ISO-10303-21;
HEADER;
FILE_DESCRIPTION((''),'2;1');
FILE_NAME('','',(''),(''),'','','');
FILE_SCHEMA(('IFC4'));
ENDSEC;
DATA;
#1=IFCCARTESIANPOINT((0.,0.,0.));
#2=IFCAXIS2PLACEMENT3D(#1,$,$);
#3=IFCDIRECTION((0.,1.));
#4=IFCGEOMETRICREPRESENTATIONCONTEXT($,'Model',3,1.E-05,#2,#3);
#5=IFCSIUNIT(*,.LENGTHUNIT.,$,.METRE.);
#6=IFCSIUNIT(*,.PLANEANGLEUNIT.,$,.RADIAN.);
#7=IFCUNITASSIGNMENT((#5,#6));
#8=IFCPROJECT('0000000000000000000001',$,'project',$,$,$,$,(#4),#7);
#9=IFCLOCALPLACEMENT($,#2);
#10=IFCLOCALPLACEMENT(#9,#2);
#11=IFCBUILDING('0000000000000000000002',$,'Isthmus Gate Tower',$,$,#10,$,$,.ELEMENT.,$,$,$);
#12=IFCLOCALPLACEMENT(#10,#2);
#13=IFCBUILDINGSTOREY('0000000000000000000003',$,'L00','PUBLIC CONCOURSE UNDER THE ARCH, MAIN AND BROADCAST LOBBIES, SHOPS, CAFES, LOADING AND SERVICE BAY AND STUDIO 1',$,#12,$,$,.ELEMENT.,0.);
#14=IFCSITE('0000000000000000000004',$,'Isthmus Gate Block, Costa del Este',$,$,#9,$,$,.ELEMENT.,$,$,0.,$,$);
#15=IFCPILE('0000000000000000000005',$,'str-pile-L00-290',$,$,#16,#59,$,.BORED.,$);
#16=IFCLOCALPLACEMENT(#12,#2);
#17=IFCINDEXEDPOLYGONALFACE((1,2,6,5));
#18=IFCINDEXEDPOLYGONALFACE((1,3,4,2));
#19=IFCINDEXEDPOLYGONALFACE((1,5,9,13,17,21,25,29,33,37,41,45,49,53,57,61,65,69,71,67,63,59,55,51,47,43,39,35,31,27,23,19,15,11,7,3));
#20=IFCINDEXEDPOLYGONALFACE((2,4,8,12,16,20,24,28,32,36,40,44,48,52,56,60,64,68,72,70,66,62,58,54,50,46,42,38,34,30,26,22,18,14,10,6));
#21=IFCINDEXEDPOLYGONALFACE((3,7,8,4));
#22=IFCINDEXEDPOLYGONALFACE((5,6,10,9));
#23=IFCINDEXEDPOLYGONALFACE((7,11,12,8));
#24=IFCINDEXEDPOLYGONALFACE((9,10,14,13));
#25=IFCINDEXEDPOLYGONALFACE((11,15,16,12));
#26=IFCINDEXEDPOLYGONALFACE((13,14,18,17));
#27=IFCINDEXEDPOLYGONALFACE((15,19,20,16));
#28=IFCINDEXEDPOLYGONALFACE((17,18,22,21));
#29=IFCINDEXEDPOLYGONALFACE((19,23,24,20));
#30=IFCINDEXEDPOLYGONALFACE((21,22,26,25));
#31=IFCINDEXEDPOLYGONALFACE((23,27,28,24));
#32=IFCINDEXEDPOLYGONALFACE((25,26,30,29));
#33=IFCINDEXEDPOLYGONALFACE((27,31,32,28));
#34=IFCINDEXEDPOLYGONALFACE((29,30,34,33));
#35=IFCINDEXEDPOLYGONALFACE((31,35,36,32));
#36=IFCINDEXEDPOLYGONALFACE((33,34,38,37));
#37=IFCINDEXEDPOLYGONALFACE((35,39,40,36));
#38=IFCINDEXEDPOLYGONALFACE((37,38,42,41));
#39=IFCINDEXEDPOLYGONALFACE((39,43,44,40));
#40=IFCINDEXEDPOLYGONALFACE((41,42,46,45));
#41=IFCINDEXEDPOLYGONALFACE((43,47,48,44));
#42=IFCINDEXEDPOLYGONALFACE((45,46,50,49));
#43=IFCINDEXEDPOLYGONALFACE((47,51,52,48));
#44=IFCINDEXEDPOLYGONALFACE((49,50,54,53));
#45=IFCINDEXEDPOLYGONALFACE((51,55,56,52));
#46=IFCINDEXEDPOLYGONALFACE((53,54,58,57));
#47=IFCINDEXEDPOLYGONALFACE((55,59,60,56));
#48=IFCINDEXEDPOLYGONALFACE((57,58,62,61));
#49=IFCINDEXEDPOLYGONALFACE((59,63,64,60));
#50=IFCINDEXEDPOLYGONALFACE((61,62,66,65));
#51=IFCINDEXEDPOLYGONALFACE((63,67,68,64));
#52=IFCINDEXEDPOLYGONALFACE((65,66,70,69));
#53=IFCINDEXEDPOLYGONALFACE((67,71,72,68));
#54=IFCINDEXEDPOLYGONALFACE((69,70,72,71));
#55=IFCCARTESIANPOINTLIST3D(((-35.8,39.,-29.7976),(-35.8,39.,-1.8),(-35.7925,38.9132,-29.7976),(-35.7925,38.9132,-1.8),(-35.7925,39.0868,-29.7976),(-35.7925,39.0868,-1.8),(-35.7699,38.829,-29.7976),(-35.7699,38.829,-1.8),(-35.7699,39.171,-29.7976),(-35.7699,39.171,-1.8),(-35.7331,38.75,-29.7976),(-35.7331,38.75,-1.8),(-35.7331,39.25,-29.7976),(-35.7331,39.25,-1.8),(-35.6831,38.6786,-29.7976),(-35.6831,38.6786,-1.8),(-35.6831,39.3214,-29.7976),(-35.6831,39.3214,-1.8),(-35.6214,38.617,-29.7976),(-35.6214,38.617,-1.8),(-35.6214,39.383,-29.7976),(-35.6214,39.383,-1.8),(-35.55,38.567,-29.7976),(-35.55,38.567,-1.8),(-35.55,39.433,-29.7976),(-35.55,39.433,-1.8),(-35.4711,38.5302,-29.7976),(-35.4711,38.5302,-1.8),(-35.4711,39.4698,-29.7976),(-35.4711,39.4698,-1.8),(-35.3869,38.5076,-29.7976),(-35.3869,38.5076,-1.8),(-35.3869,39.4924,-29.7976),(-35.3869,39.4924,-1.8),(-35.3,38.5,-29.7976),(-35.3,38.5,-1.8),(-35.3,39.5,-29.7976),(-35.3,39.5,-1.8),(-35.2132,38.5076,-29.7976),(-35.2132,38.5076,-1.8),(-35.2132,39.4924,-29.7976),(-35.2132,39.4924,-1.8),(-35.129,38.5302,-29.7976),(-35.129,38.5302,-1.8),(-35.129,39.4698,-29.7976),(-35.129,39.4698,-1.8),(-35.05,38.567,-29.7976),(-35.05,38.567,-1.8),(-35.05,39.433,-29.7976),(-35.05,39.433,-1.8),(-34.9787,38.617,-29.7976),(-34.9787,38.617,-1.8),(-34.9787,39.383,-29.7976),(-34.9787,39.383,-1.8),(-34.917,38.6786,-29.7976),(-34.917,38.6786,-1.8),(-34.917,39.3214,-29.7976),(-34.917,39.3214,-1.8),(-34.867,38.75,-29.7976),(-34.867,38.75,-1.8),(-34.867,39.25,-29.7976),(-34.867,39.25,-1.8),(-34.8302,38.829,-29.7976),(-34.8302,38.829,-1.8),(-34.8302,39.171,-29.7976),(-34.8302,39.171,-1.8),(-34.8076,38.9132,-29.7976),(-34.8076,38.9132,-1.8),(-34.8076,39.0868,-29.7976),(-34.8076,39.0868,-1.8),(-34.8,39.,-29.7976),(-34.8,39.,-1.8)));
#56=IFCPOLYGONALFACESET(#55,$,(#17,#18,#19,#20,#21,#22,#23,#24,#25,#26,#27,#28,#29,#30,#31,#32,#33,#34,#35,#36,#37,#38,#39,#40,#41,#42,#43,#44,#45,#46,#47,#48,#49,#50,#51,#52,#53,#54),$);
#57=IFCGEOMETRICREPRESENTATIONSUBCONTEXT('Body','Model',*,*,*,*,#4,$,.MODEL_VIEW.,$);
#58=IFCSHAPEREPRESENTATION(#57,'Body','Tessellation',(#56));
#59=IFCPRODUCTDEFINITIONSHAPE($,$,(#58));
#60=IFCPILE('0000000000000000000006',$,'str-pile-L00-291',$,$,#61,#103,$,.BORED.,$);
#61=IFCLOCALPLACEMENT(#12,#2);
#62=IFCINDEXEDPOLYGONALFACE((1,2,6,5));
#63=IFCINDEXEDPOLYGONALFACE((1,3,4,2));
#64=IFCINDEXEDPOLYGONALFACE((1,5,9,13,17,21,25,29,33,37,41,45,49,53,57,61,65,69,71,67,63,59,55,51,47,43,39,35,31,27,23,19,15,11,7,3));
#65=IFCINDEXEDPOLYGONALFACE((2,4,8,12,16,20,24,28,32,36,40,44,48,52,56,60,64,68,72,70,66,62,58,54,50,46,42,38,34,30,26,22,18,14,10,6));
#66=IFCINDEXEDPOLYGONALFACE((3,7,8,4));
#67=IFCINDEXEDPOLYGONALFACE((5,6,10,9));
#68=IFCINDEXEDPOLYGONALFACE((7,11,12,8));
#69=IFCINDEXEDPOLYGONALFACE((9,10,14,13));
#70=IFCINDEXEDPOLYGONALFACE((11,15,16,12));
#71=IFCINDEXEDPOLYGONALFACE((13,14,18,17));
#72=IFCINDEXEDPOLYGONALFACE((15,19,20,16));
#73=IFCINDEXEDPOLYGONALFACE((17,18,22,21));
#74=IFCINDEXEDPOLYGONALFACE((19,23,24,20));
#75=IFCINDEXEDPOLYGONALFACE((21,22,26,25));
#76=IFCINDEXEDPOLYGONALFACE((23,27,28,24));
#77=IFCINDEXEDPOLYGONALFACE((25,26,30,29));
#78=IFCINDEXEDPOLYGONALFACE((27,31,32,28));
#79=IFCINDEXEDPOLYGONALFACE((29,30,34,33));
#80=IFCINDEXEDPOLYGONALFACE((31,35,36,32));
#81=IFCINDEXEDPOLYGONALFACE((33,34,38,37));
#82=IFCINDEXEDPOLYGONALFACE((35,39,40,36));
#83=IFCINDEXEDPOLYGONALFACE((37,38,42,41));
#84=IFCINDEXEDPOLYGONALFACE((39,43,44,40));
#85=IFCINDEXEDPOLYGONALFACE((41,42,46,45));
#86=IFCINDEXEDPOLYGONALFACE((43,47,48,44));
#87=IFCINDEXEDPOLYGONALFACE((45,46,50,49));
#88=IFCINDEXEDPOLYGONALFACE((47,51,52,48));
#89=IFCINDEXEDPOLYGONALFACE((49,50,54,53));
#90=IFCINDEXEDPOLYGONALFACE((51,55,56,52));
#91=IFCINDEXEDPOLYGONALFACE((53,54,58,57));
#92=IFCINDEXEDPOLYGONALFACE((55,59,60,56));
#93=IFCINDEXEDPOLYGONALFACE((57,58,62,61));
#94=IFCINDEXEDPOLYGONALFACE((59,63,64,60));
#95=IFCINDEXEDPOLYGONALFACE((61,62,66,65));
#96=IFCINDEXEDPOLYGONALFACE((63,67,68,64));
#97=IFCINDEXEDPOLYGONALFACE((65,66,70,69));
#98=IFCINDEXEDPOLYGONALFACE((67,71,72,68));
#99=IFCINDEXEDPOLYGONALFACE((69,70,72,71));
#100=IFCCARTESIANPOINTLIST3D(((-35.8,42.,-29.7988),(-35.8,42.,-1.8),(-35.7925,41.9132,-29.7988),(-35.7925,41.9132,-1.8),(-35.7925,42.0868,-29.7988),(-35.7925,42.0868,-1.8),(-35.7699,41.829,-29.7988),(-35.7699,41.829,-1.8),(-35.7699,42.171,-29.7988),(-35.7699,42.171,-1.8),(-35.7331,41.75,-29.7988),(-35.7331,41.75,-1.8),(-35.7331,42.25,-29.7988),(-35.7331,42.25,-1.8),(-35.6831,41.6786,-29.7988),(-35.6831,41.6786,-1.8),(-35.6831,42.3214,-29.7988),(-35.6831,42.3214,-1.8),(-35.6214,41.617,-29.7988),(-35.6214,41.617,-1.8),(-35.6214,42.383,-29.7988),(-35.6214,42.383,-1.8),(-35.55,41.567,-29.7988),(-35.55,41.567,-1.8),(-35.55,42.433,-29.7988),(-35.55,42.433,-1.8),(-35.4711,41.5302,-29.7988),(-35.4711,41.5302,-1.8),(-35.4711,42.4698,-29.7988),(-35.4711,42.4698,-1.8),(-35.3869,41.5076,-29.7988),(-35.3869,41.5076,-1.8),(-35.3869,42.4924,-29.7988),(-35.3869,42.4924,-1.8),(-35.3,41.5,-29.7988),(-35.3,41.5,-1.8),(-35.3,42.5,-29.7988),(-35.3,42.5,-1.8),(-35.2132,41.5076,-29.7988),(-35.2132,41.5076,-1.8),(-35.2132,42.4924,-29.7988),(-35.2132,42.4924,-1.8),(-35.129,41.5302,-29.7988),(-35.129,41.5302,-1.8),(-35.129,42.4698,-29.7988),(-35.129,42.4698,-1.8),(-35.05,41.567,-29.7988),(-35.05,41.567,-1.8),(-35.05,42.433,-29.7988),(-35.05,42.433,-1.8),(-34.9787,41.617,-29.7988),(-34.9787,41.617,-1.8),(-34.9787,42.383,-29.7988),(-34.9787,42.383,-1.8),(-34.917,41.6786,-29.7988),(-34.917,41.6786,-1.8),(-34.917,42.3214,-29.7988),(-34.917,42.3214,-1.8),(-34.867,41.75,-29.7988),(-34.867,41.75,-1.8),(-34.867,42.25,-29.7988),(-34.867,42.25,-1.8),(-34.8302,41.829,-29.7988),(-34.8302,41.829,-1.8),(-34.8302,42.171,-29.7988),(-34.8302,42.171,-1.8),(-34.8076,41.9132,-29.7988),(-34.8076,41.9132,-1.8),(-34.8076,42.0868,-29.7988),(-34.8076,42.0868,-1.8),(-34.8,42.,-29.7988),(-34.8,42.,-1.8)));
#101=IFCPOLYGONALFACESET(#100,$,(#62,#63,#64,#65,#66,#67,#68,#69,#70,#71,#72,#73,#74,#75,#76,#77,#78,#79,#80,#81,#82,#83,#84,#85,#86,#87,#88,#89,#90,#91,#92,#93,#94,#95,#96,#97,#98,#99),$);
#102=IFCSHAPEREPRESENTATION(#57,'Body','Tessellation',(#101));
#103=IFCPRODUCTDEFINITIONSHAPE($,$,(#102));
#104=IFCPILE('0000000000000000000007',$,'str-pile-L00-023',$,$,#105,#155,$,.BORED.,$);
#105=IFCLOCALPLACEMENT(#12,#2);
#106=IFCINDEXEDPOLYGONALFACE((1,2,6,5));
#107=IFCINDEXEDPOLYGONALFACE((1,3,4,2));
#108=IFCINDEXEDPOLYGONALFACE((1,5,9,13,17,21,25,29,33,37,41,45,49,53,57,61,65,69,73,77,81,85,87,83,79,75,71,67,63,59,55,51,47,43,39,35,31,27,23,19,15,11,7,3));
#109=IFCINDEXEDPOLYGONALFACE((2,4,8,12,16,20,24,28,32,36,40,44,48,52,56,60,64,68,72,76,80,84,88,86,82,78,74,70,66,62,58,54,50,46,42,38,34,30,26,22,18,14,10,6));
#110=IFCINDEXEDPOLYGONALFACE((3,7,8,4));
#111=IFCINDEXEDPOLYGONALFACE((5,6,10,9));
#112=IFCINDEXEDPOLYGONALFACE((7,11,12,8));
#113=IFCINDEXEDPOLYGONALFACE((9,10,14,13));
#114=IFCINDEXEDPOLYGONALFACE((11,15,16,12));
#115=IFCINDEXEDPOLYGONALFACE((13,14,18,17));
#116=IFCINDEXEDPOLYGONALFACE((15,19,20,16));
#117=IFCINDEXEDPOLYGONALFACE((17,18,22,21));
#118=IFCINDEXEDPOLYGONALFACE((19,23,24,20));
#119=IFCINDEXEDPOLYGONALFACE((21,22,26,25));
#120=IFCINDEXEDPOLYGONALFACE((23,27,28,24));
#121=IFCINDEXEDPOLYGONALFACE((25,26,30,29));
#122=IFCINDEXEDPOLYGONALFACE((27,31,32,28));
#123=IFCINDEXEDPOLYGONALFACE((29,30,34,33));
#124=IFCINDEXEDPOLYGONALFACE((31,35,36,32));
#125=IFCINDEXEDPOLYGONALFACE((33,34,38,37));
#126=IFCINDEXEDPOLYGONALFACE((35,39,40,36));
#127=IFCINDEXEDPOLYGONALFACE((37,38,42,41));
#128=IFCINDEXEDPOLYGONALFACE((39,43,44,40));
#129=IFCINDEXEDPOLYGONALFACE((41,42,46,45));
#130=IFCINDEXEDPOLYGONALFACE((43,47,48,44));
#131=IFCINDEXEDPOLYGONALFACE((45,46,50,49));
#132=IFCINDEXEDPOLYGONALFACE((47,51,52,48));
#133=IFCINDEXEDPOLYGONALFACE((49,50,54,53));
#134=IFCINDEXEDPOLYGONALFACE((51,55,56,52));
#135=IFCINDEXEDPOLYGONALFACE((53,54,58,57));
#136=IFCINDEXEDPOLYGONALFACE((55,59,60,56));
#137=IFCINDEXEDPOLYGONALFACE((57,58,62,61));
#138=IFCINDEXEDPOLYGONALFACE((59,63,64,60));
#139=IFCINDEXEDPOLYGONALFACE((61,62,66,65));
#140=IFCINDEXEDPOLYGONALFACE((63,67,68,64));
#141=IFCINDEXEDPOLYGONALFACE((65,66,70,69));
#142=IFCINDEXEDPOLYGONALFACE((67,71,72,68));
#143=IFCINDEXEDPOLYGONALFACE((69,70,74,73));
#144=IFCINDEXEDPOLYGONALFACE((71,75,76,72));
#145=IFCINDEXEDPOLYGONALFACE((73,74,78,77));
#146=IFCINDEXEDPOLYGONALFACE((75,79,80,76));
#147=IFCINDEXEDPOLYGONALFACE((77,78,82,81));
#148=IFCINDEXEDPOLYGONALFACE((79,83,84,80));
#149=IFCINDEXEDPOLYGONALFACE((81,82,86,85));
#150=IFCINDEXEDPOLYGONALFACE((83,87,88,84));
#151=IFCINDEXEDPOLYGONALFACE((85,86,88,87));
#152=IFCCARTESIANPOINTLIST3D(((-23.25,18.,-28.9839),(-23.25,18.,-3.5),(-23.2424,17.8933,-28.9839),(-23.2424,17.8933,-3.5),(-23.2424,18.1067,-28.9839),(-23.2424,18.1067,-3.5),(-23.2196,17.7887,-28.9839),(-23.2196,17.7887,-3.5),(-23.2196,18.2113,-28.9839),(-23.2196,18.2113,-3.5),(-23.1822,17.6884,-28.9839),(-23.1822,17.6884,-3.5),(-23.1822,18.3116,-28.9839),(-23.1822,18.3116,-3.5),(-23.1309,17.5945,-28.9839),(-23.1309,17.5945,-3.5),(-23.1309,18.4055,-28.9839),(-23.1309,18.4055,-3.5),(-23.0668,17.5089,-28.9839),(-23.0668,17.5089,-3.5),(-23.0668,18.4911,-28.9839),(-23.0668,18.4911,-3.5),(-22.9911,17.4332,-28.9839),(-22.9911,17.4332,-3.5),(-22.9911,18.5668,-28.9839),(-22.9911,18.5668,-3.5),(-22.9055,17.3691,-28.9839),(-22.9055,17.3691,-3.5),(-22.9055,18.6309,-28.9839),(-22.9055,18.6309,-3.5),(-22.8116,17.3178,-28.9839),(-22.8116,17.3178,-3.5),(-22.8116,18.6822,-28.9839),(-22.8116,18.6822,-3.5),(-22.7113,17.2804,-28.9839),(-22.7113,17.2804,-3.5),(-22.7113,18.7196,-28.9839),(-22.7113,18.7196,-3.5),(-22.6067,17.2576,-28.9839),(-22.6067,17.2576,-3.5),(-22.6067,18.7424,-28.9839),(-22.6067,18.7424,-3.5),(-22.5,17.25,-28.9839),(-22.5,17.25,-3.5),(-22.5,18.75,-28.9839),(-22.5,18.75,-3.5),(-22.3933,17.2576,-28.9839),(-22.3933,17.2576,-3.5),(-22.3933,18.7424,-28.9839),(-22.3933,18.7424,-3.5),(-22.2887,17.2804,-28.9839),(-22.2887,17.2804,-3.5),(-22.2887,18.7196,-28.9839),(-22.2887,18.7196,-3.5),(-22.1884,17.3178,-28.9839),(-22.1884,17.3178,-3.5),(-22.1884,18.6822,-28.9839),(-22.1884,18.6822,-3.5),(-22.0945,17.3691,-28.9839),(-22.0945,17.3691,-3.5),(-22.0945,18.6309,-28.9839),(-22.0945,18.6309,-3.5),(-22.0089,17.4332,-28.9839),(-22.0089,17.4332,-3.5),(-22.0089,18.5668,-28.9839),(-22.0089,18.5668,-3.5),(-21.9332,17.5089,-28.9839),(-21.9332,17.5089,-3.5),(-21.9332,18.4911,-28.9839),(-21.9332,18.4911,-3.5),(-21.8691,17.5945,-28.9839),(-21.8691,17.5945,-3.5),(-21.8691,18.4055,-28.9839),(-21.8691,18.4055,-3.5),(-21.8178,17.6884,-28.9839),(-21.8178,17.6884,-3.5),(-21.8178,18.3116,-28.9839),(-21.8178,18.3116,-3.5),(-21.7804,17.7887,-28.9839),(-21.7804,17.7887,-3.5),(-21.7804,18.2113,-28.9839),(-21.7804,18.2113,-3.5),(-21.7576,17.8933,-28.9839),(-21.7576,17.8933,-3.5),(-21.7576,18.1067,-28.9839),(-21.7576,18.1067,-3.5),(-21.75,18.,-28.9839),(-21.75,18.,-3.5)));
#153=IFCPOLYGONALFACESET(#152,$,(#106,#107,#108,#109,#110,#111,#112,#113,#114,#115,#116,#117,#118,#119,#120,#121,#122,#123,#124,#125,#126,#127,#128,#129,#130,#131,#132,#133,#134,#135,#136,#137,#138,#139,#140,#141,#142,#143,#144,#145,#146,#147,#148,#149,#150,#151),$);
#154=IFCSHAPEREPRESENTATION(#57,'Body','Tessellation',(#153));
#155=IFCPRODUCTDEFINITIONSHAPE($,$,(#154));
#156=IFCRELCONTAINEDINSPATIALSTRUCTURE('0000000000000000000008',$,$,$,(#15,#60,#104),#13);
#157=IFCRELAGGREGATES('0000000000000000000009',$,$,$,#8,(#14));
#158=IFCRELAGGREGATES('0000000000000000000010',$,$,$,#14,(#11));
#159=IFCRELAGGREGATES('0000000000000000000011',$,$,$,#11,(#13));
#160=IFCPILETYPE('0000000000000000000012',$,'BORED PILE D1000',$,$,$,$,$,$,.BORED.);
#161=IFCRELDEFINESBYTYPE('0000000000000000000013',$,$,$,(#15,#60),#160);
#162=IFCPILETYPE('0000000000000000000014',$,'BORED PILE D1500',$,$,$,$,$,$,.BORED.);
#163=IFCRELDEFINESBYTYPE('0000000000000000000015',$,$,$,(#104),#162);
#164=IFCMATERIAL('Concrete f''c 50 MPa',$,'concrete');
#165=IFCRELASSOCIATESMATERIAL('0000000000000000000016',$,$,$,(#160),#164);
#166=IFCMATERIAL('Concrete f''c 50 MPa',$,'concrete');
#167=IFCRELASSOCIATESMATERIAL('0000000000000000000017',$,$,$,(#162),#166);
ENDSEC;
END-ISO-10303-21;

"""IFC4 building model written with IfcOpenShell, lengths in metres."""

from ifc_helpers import new_model, si_unit, direction, frame, origin, origin_2d, place, context, subcontext, project, spatial, circle, extrude, material, material_profile, profile_set, type_object, element, save


model = new_model("IFC4")

# Units and contexts
model_context = context("Model", 3, precision=1e-05, world=origin(), true_north=direction((0.0, 1.0)))
body_context = subcontext(model_context, "Body", "Model", "MODEL_VIEW")
ifc_project = project(units=[si_unit("LENGTHUNIT", "METRE"), si_unit("PLANEANGLEUNIT", "RADIAN")], contexts=[model_context])

# Site, building, storey
site_placement = place(None, origin())
site = spatial("IfcSite", under=ifc_project, at=site_placement, Name="Isthmus Gate Block, Costa del Este", CompositionType="ELEMENT", RefElevation=0.0)
building_placement = place(site_placement, origin())
building = spatial("IfcBuilding", under=site, at=building_placement, Name="Isthmus Gate Tower", CompositionType="ELEMENT")
storey_placement = place(building_placement, origin())
storey = spatial("IfcBuildingStorey", under=building, at=storey_placement, Name="L00", Description="PUBLIC CONCOURSE UNDER THE ARCH, MAIN AND BROADCAST LOBBIES, SHOPS, CAFES, LOADING AND SERVICE BAY AND STUDIO 1", CompositionType="ELEMENT", Elevation=0.0)

# Piles
ifc_material_1 = material(Name="Concrete f'c 50 MPa", Category="concrete")
ifc_material_profile_1 = material_profile(ifc_material_1, circle(Radius=0.5, at=origin_2d()), Name="D1000")
ifc_profile_set_1 = profile_set([ifc_material_profile_1], Name="Concrete f'c 50 MPa")
pile_type_1 = type_object("IfcPileType", Name="BORED PILE D1000", PredefinedType="BORED", material=ifc_profile_set_1)
pile_1_placement = place(storey_placement, frame((-35.3, 39.0, -1.8), z_axis=(0.0, 0.0, -1.0), x_axis=(1.0, 0.0, 0.0)))
element("IfcPile", 1, at=pile_1_placement, inside=storey, type_object=pile_type_1, Name="str-pile-L00-290", PredefinedType="BORED", context=body_context, shape_type="SweptSolid", body=[
    extrude(circle(Radius=0.5, at=origin_2d()), origin(), (0.0, 0.0, 1.0), 27.9976),
])
pile_2_placement = place(storey_placement, frame((-35.3, 42.0, -1.8), z_axis=(0.0, 0.0, -1.0), x_axis=(1.0, 0.0, 0.0)))
element("IfcPile", 2, at=pile_2_placement, inside=storey, type_object=pile_type_1, Name="str-pile-L00-291", PredefinedType="BORED", context=body_context, shape_type="SweptSolid", body=[
    extrude(circle(Radius=0.5, at=origin_2d()), origin(), (0.0, 0.0, 1.0), 27.9988),
])
ifc_material_2 = material(Name="Concrete f'c 50 MPa", Category="concrete")
ifc_material_profile_2 = material_profile(ifc_material_2, circle(Radius=0.75, at=origin_2d()), Name="D1500")
ifc_profile_set_2 = profile_set([ifc_material_profile_2], Name="Concrete f'c 50 MPa")
pile_type_2 = type_object("IfcPileType", Name="BORED PILE D1500", PredefinedType="BORED", material=ifc_profile_set_2)
pile_3_placement = place(storey_placement, frame((-22.5, 18.0, -3.5), z_axis=(0.0, 0.0, -1.0), x_axis=(1.0, 0.0, 0.0)))
element("IfcPile", 3, at=pile_3_placement, inside=storey, type_object=pile_type_2, Name="str-pile-L00-023", PredefinedType="BORED", context=body_context, shape_type="SweptSolid", body=[
    extrude(circle(Radius=0.75, at=origin_2d()), origin(), (0.0, 0.0, 1.0), 25.4839),
])

save(model, "model.ifc")
